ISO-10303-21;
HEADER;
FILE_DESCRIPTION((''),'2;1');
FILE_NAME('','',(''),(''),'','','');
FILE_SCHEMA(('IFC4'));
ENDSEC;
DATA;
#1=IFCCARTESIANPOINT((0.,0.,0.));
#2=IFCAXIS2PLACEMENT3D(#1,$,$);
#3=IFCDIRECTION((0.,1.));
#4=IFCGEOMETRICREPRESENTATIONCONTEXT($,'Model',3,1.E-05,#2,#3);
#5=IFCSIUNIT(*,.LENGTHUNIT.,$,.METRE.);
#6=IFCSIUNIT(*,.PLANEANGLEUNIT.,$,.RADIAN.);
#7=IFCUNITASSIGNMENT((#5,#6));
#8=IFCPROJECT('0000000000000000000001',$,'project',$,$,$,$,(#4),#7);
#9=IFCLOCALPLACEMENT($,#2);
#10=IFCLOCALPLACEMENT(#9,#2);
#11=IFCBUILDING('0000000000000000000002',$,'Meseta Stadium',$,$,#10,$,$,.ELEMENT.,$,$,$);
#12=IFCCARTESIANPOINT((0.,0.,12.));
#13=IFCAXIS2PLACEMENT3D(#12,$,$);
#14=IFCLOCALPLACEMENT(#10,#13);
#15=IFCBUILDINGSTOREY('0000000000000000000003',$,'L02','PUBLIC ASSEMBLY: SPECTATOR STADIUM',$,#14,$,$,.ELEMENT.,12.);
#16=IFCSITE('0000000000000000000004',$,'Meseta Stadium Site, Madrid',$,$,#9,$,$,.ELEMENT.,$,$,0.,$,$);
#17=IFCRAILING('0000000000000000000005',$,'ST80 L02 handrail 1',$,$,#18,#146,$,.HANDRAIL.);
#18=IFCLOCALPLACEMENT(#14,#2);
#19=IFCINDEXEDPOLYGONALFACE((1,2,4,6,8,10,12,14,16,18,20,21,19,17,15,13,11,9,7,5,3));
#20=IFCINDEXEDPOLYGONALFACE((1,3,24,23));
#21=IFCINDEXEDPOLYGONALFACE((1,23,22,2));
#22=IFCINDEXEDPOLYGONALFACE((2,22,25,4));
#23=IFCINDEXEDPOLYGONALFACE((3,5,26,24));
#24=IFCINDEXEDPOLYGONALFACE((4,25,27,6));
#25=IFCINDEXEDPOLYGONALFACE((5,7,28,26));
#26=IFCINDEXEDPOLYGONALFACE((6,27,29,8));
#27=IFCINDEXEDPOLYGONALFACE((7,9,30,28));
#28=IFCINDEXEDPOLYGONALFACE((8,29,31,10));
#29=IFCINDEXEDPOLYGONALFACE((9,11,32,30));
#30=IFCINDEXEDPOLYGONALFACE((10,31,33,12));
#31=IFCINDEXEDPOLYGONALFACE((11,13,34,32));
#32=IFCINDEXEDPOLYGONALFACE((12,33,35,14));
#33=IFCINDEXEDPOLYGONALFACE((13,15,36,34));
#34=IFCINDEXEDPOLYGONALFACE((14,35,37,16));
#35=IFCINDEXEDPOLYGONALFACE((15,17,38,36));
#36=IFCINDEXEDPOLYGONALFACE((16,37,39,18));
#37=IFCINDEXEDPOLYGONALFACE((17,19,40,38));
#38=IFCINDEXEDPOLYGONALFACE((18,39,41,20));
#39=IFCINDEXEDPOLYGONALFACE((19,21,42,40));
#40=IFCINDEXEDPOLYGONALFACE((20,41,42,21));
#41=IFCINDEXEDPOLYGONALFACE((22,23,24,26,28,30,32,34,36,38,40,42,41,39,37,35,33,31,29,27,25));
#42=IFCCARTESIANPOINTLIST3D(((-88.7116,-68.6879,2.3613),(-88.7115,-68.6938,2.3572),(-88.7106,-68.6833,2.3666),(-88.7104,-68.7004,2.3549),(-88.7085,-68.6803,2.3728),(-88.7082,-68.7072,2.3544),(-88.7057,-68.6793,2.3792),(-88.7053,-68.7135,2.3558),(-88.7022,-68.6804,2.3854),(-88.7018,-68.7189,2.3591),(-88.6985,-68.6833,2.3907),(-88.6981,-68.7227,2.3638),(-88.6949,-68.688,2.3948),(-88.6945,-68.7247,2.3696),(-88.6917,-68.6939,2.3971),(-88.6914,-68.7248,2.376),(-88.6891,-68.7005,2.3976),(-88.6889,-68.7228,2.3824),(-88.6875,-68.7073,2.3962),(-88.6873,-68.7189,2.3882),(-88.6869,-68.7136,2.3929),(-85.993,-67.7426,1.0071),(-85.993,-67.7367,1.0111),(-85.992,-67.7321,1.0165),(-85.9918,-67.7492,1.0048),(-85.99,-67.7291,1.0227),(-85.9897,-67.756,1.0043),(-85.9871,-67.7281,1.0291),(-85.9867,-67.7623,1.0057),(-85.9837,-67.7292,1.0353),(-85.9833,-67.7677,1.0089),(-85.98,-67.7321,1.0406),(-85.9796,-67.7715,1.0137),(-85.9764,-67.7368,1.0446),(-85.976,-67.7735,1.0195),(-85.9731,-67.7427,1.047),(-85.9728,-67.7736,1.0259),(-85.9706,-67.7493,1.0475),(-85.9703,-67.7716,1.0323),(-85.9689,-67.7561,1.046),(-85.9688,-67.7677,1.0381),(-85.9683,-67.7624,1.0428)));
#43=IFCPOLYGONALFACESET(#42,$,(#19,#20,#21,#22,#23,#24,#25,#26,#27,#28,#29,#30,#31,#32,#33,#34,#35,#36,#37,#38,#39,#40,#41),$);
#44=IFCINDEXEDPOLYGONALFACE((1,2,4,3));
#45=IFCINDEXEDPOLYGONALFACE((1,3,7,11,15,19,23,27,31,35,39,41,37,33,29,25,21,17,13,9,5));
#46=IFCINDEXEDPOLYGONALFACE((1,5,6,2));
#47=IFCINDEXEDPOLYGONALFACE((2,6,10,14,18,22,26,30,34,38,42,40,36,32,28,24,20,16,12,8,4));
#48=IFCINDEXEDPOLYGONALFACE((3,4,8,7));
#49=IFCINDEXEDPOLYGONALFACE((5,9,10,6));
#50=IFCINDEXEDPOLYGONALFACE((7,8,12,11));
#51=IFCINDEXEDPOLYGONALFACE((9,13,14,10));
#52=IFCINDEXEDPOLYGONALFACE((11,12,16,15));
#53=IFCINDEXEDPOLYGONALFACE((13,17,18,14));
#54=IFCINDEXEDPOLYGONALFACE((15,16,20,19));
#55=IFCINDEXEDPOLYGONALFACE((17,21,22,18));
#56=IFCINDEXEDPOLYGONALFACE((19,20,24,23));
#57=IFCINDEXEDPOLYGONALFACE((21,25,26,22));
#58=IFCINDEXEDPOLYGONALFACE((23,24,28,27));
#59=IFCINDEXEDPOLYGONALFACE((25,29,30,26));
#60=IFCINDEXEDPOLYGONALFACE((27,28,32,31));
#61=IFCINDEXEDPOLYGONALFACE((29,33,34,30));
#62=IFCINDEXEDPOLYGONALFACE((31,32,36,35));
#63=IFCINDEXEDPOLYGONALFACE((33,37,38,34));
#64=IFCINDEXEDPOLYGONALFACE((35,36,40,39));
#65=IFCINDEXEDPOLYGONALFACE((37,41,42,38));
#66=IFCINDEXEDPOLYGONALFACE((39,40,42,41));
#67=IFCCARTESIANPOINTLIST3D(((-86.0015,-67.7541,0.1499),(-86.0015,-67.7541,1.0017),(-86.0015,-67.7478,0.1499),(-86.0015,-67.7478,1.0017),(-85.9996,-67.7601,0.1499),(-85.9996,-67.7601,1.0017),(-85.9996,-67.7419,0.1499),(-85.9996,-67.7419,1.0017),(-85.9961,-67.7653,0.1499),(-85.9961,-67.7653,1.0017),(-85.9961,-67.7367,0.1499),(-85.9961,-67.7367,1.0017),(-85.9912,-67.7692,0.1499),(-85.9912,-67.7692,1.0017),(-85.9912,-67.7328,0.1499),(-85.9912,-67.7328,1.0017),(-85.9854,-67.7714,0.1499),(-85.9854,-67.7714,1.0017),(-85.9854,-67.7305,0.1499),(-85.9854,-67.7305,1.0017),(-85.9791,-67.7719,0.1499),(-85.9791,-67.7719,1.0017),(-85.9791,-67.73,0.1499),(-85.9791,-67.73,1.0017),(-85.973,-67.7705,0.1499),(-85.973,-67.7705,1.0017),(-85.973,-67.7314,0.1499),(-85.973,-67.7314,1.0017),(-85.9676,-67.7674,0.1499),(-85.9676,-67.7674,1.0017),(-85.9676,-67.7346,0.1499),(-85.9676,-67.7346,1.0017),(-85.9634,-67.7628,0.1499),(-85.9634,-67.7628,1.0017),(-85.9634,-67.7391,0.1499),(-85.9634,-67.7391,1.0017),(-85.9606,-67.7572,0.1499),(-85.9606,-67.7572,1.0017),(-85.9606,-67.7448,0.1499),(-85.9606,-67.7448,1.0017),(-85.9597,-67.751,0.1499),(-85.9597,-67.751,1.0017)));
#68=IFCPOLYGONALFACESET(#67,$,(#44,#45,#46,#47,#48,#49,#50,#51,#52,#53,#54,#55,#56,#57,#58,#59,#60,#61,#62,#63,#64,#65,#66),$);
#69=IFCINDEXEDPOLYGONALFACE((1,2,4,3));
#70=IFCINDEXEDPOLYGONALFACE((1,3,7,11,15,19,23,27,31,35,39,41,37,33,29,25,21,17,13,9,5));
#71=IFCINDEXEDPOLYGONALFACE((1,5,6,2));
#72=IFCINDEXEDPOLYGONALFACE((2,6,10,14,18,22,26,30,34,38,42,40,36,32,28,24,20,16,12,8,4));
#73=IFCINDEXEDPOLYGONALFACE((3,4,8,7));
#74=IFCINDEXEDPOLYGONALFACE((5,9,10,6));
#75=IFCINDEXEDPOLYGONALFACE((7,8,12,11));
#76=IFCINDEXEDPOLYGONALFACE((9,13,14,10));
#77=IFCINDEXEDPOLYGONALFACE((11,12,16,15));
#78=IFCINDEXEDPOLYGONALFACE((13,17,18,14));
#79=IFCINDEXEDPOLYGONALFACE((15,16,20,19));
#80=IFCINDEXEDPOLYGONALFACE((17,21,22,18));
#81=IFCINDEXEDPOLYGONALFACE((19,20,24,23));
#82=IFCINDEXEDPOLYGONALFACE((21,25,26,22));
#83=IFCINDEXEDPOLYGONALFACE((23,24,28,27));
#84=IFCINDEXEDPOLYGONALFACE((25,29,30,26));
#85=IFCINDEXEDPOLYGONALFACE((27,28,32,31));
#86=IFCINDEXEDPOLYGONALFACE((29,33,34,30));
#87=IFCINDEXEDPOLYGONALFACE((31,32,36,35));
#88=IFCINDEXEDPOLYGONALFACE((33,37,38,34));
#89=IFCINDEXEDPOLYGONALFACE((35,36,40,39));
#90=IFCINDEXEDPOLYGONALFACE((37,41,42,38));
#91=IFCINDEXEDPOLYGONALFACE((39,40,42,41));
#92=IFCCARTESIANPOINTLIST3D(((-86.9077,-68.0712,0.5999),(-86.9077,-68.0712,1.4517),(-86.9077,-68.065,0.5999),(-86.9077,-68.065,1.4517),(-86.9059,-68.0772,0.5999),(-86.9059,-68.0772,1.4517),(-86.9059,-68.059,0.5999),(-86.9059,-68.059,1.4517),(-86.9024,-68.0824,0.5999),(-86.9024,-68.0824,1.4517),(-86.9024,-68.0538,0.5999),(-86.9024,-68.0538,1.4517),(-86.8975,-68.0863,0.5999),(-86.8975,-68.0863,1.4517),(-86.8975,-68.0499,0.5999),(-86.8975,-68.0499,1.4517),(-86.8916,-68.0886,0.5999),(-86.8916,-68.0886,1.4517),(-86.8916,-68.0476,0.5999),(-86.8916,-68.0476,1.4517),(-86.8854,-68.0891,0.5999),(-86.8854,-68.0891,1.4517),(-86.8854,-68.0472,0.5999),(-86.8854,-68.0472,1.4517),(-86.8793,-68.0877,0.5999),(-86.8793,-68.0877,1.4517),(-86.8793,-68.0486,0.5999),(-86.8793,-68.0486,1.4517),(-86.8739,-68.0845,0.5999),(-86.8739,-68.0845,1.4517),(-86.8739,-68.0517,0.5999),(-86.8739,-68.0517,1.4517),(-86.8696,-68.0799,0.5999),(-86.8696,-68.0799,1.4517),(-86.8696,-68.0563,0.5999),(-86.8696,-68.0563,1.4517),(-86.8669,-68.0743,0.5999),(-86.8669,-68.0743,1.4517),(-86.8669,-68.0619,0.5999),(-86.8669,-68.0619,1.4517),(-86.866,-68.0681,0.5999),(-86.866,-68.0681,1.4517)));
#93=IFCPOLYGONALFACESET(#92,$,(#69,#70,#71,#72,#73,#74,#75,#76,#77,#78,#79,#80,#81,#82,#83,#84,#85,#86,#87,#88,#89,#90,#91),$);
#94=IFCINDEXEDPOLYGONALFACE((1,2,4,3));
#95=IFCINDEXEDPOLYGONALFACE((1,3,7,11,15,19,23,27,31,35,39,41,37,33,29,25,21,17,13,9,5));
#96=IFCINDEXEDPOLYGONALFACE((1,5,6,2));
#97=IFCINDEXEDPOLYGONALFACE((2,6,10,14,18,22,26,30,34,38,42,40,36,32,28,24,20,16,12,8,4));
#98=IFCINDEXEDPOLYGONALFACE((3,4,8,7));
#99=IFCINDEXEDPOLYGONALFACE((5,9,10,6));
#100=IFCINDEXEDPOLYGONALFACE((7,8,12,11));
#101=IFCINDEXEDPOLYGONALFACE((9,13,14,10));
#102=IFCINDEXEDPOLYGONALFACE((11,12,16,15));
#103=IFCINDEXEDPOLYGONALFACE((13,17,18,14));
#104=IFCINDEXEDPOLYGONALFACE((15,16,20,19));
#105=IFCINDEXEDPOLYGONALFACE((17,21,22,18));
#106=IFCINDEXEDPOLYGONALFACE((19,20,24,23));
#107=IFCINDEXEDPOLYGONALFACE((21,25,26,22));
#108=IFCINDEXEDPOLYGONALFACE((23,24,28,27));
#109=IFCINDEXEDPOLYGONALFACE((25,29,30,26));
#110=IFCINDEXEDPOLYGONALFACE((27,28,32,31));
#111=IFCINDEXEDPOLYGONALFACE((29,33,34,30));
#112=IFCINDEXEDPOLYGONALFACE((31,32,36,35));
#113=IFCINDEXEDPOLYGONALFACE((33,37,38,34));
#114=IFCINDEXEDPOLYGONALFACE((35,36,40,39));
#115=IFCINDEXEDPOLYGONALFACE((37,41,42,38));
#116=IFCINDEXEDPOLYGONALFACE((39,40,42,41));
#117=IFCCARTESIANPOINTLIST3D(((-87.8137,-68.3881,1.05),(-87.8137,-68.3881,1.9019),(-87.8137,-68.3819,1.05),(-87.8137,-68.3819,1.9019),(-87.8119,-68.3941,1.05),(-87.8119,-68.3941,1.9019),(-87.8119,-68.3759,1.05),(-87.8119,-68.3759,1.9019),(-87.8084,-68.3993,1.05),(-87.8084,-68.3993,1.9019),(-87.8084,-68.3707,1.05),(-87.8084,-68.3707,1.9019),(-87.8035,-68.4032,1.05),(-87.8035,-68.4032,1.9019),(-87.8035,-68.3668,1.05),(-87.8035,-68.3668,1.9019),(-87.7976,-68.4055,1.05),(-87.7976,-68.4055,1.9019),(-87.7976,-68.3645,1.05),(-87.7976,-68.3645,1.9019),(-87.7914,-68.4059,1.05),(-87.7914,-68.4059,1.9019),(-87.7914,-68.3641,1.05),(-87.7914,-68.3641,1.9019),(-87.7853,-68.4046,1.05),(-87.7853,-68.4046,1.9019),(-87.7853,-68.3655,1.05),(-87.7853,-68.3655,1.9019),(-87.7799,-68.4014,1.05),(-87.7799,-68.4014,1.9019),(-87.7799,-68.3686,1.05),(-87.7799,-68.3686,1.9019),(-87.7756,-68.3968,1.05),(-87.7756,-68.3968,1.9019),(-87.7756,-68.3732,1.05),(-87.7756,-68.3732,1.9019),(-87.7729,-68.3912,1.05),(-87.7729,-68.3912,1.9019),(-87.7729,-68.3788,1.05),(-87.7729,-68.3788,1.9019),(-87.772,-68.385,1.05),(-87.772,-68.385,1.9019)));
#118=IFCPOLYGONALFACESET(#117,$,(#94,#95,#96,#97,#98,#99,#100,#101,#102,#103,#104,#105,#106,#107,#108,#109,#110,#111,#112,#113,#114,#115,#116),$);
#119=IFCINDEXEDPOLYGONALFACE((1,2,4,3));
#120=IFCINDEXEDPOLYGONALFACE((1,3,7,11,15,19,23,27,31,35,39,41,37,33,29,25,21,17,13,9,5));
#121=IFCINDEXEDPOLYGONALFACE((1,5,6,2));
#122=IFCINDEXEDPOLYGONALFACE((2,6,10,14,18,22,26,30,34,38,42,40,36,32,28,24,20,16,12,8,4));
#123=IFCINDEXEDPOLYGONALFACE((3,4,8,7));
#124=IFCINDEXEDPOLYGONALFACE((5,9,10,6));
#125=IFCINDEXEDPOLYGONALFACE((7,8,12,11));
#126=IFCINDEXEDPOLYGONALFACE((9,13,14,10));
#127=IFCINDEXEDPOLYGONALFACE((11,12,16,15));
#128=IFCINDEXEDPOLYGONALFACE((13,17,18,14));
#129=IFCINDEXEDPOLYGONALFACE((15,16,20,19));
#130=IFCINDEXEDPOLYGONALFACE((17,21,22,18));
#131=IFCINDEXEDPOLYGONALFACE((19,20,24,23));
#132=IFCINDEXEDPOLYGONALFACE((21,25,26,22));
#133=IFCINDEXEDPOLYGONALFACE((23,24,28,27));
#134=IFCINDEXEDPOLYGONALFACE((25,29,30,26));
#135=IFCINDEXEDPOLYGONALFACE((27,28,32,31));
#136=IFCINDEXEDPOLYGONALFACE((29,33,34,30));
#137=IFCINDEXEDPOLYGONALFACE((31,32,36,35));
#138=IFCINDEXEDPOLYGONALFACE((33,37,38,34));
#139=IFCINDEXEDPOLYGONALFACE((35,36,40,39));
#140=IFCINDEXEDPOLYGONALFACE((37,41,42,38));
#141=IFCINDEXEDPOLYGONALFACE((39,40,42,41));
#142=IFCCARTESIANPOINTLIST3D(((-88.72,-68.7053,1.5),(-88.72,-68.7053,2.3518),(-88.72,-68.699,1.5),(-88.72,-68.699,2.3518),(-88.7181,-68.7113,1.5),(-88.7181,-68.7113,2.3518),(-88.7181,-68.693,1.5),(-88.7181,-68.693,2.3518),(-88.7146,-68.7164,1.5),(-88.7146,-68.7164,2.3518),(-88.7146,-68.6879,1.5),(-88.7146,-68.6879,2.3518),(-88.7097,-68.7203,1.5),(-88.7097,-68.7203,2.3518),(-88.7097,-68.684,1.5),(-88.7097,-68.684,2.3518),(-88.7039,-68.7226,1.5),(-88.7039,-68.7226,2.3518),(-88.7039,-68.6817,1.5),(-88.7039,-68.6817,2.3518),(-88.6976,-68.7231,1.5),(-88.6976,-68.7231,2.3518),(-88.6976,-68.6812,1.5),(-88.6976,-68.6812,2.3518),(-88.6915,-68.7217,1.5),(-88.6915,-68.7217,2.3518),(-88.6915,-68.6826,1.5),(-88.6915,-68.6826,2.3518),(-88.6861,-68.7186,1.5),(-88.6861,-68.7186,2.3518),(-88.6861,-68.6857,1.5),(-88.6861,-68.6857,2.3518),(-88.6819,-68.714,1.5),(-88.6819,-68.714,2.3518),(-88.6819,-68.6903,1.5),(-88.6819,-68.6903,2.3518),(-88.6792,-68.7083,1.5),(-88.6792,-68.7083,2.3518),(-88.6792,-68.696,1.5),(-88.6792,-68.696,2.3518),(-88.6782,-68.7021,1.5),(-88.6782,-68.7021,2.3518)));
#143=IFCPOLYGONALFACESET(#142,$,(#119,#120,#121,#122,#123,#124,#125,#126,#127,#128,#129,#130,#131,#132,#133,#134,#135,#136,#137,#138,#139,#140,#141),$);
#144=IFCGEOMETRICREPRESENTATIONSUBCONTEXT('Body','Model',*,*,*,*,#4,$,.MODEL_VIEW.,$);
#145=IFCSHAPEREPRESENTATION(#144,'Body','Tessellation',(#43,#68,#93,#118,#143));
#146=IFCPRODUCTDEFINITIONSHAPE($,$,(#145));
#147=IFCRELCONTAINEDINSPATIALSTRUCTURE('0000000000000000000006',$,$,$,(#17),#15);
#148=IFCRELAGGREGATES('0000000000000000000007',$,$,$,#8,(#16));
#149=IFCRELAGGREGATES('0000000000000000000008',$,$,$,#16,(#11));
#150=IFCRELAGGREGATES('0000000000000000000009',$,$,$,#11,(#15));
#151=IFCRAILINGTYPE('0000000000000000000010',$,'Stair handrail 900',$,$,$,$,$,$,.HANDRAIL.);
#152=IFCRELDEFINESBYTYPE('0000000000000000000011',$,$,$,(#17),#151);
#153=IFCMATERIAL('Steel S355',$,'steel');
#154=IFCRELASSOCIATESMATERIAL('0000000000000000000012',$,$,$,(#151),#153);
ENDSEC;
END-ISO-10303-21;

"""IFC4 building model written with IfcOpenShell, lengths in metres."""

from ifc_helpers import new_model, si_unit, direction, frame, origin, origin_2d, place, context, subcontext, project, spatial, circle, extrude, material, type_object, element, save


model = new_model("IFC4")

# Units and contexts
model_context = context("Model", 3, precision=1e-05, world=origin(), true_north=direction((0.0, 1.0)))
body_context = subcontext(model_context, "Body", "Model", "MODEL_VIEW")
ifc_project = project(units=[si_unit("LENGTHUNIT", "METRE"), si_unit("PLANEANGLEUNIT", "RADIAN")], contexts=[model_context])

# Site, building, storey
site_placement = place(None, origin())
site = spatial("IfcSite", under=ifc_project, at=site_placement, Name="Meseta Stadium Site, Madrid", CompositionType="ELEMENT", RefElevation=0.0)
building_placement = place(site_placement, origin())
building = spatial("IfcBuilding", under=site, at=building_placement, Name="Meseta Stadium", CompositionType="ELEMENT")
storey_placement = place(building_placement, frame((0.0, 0.0, 12.0)))
storey = spatial("IfcBuildingStorey", under=building, at=storey_placement, Name="L02", Description="PUBLIC ASSEMBLY: SPECTATOR STADIUM", CompositionType="ELEMENT", Elevation=12.0)

# Railing
ifc_material_1 = material(Name="Steel S355", Category="steel")
railing_type_1 = type_object("IfcRailingType", Name="Stair handrail 900", PredefinedType="HANDRAIL", material=ifc_material_1)
for number, where, name in (
    (1, (-85.9807, -67.751, 0.1499), "ST80 L02 handrail 1"),
):
    element("IfcRailing", number, at=place(storey_placement, frame(where)), inside=storey, type_object=railing_type_1, Name=name, PredefinedType="HANDRAIL", context=body_context, shape_type="SweptSolid", body=[
        extrude(circle(Radius=0.0239, at=origin_2d()), frame((0.0, 0.0, 0.876), z_axis=(-0.854649, -0.299031, 0.424446), x_axis=(0.330256, -0.943891, 0.0)), (0.0, 0.0, 1.0), 3.1809),
        extrude(circle(Radius=0.021, at=origin_2d()), origin(), (0.0, 0.0, 1.0), 0.8518),
        extrude(circle(Radius=0.021, at=origin_2d()), frame((-0.9062, -0.3171, 0.45)), (0.0, 0.0, 1.0), 0.8518),
        extrude(circle(Radius=0.021, at=origin_2d()), frame((-1.8123, -0.634, 0.9001)), (0.0, 0.0, 1.0), 0.8518),
        extrude(circle(Radius=0.021, at=origin_2d()), frame((-2.7185, -0.9512, 1.3501)), (0.0, 0.0, 1.0), 0.8518),
    ])

save(model, "model.ifc")
